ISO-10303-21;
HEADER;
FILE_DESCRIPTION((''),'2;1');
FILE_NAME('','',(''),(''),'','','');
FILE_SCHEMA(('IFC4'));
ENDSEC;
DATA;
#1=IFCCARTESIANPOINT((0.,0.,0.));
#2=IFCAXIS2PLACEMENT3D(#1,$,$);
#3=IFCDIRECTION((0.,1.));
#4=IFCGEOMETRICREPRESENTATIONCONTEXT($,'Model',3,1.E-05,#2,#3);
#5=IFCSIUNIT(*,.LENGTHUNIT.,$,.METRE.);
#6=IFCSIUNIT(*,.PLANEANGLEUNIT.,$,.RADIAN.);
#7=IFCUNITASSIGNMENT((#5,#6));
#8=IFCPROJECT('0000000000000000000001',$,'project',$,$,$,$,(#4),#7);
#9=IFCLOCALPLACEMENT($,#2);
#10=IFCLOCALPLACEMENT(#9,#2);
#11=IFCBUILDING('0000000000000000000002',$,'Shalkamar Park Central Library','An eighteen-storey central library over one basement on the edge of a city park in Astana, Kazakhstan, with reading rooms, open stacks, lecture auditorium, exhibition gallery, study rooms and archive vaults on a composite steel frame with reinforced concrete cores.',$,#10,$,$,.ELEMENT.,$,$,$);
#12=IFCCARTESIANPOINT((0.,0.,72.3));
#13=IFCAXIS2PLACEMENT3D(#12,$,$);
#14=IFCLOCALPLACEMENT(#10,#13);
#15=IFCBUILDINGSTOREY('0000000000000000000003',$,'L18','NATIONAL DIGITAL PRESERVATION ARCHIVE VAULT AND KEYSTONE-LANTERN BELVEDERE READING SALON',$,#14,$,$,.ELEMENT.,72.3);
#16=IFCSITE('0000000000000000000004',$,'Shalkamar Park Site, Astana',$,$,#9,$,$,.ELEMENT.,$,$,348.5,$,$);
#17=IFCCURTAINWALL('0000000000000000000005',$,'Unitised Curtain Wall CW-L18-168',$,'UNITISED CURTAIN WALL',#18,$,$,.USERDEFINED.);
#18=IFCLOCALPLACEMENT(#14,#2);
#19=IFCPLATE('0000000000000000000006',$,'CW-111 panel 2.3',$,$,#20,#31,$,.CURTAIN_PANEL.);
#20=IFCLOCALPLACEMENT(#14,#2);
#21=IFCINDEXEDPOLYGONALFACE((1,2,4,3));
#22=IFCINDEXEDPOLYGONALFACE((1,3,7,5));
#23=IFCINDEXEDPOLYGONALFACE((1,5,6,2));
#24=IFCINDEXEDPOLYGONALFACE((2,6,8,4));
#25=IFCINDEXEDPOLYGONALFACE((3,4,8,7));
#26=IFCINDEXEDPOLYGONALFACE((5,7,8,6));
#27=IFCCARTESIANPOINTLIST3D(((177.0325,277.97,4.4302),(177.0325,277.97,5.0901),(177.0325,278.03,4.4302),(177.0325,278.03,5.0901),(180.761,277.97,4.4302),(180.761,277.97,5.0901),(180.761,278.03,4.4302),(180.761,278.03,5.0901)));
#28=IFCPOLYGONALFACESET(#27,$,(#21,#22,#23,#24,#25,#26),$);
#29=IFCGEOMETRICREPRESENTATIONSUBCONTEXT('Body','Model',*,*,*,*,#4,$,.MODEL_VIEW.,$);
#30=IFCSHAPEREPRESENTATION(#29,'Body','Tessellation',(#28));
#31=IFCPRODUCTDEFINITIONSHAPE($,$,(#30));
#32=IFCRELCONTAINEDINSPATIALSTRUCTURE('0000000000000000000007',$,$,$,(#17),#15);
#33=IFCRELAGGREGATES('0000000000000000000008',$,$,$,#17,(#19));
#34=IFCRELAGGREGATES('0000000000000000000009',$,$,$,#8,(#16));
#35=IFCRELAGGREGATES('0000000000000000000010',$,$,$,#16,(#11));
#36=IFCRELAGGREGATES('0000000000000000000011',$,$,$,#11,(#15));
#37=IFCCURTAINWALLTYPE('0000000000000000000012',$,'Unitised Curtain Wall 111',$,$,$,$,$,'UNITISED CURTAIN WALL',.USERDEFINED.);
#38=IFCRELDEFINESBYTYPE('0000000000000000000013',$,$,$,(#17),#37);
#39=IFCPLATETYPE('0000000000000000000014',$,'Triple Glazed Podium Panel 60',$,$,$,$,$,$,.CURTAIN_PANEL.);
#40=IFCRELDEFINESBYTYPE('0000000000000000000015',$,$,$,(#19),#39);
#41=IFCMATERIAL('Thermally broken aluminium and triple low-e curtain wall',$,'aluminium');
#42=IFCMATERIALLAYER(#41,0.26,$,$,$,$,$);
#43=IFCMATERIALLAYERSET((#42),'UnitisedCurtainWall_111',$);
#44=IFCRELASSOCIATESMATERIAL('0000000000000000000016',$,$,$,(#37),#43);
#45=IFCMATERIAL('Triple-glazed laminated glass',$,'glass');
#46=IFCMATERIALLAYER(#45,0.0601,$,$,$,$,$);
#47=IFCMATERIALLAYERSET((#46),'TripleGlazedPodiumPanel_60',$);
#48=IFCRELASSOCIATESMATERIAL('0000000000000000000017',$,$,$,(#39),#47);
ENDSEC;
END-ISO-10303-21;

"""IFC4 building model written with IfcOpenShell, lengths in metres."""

from ifc_helpers import new_model, si_unit, direction, frame, origin, origin_2d, place, context, subcontext, project, spatial, rectangle, extrude, material, layer, layer_set, type_object, element, aggregate, save


model = new_model("IFC4")

# Units and contexts
model_context = context("Model", 3, precision=1e-05, world=origin(), true_north=direction((0.0, 1.0)))
body_context = subcontext(model_context, "Body", "Model", "MODEL_VIEW")
ifc_project = project(units=[si_unit("LENGTHUNIT", "METRE"), si_unit("PLANEANGLEUNIT", "RADIAN")], contexts=[model_context])

# Site, building, storey
site_placement = place(None, origin())
site = spatial("IfcSite", under=ifc_project, at=site_placement, Name="Shalkamar Park Site, Astana", CompositionType="ELEMENT", RefElevation=348.5)
building_placement = place(site_placement, origin())
building = spatial("IfcBuilding", under=site, at=building_placement, Name="Shalkamar Park Central Library", Description="An eighteen-storey central library over one basement on the edge of a city park in Astana, Kazakhstan, with reading rooms, open stacks, lecture auditorium, exhibition gallery, study rooms and archive vaults on a composite steel frame with reinforced concrete cores.", CompositionType="ELEMENT")
storey_placement = place(building_placement, frame((0.0, 0.0, 72.3)))
storey = spatial("IfcBuildingStorey", under=building, at=storey_placement, Name="L18", Description="NATIONAL DIGITAL PRESERVATION ARCHIVE VAULT AND KEYSTONE-LANTERN BELVEDERE READING SALON", CompositionType="ELEMENT", Elevation=72.3)

# Curtain wall
ifc_material_1 = material(Name="Thermally broken aluminium and triple low-e curtain wall", Category="aluminium")
ifc_layer_1 = layer(ifc_material_1, 0.26)
ifc_layer_set_1 = layer_set([ifc_layer_1], Name="UnitisedCurtainWall_111")
curtain_wall_type_1 = type_object("IfcCurtainWallType", Name="Unitised Curtain Wall 111", ElementType="UNITISED CURTAIN WALL", PredefinedType="USERDEFINED", material=ifc_layer_set_1)
curtain_wall_1_placement = place(storey_placement, origin())
curtain_wall_1 = element("IfcCurtainWall", 1, at=curtain_wall_1_placement, inside=storey, type_object=curtain_wall_type_1, Name="Unitised Curtain Wall CW-L18-168", ObjectType="UNITISED CURTAIN WALL", PredefinedType="USERDEFINED")

# Plate
ifc_material_2 = material(Name="Triple-glazed laminated glass", Category="glass")
ifc_layer_2 = layer(ifc_material_2, 0.0601)
ifc_layer_set_2 = layer_set([ifc_layer_2], Name="TripleGlazedPodiumPanel_60")
plate_type_1 = type_object("IfcPlateType", Name="Triple Glazed Podium Panel 60", PredefinedType="CURTAIN_PANEL", material=ifc_layer_set_2)
plate_1_placement = place(storey_placement, frame((178.8967, 278.0, 4.4302), z_axis=(0.0, 0.0, 1.0), x_axis=(1.0, 0.0, 0.0)))
plate_1 = element("IfcPlate", 2, at=plate_1_placement, type_object=plate_type_1, Name="CW-111 panel 2.3", PredefinedType="CURTAIN_PANEL", context=body_context, shape_type="SweptSolid", body=[
    extrude(rectangle(XDim=3.7285, YDim=0.0601, at=origin_2d()), origin(), (0.0, 0.0, 1.0), 0.6599),
])
aggregate(curtain_wall_1, [plate_1])

save(model, "model.ifc")
